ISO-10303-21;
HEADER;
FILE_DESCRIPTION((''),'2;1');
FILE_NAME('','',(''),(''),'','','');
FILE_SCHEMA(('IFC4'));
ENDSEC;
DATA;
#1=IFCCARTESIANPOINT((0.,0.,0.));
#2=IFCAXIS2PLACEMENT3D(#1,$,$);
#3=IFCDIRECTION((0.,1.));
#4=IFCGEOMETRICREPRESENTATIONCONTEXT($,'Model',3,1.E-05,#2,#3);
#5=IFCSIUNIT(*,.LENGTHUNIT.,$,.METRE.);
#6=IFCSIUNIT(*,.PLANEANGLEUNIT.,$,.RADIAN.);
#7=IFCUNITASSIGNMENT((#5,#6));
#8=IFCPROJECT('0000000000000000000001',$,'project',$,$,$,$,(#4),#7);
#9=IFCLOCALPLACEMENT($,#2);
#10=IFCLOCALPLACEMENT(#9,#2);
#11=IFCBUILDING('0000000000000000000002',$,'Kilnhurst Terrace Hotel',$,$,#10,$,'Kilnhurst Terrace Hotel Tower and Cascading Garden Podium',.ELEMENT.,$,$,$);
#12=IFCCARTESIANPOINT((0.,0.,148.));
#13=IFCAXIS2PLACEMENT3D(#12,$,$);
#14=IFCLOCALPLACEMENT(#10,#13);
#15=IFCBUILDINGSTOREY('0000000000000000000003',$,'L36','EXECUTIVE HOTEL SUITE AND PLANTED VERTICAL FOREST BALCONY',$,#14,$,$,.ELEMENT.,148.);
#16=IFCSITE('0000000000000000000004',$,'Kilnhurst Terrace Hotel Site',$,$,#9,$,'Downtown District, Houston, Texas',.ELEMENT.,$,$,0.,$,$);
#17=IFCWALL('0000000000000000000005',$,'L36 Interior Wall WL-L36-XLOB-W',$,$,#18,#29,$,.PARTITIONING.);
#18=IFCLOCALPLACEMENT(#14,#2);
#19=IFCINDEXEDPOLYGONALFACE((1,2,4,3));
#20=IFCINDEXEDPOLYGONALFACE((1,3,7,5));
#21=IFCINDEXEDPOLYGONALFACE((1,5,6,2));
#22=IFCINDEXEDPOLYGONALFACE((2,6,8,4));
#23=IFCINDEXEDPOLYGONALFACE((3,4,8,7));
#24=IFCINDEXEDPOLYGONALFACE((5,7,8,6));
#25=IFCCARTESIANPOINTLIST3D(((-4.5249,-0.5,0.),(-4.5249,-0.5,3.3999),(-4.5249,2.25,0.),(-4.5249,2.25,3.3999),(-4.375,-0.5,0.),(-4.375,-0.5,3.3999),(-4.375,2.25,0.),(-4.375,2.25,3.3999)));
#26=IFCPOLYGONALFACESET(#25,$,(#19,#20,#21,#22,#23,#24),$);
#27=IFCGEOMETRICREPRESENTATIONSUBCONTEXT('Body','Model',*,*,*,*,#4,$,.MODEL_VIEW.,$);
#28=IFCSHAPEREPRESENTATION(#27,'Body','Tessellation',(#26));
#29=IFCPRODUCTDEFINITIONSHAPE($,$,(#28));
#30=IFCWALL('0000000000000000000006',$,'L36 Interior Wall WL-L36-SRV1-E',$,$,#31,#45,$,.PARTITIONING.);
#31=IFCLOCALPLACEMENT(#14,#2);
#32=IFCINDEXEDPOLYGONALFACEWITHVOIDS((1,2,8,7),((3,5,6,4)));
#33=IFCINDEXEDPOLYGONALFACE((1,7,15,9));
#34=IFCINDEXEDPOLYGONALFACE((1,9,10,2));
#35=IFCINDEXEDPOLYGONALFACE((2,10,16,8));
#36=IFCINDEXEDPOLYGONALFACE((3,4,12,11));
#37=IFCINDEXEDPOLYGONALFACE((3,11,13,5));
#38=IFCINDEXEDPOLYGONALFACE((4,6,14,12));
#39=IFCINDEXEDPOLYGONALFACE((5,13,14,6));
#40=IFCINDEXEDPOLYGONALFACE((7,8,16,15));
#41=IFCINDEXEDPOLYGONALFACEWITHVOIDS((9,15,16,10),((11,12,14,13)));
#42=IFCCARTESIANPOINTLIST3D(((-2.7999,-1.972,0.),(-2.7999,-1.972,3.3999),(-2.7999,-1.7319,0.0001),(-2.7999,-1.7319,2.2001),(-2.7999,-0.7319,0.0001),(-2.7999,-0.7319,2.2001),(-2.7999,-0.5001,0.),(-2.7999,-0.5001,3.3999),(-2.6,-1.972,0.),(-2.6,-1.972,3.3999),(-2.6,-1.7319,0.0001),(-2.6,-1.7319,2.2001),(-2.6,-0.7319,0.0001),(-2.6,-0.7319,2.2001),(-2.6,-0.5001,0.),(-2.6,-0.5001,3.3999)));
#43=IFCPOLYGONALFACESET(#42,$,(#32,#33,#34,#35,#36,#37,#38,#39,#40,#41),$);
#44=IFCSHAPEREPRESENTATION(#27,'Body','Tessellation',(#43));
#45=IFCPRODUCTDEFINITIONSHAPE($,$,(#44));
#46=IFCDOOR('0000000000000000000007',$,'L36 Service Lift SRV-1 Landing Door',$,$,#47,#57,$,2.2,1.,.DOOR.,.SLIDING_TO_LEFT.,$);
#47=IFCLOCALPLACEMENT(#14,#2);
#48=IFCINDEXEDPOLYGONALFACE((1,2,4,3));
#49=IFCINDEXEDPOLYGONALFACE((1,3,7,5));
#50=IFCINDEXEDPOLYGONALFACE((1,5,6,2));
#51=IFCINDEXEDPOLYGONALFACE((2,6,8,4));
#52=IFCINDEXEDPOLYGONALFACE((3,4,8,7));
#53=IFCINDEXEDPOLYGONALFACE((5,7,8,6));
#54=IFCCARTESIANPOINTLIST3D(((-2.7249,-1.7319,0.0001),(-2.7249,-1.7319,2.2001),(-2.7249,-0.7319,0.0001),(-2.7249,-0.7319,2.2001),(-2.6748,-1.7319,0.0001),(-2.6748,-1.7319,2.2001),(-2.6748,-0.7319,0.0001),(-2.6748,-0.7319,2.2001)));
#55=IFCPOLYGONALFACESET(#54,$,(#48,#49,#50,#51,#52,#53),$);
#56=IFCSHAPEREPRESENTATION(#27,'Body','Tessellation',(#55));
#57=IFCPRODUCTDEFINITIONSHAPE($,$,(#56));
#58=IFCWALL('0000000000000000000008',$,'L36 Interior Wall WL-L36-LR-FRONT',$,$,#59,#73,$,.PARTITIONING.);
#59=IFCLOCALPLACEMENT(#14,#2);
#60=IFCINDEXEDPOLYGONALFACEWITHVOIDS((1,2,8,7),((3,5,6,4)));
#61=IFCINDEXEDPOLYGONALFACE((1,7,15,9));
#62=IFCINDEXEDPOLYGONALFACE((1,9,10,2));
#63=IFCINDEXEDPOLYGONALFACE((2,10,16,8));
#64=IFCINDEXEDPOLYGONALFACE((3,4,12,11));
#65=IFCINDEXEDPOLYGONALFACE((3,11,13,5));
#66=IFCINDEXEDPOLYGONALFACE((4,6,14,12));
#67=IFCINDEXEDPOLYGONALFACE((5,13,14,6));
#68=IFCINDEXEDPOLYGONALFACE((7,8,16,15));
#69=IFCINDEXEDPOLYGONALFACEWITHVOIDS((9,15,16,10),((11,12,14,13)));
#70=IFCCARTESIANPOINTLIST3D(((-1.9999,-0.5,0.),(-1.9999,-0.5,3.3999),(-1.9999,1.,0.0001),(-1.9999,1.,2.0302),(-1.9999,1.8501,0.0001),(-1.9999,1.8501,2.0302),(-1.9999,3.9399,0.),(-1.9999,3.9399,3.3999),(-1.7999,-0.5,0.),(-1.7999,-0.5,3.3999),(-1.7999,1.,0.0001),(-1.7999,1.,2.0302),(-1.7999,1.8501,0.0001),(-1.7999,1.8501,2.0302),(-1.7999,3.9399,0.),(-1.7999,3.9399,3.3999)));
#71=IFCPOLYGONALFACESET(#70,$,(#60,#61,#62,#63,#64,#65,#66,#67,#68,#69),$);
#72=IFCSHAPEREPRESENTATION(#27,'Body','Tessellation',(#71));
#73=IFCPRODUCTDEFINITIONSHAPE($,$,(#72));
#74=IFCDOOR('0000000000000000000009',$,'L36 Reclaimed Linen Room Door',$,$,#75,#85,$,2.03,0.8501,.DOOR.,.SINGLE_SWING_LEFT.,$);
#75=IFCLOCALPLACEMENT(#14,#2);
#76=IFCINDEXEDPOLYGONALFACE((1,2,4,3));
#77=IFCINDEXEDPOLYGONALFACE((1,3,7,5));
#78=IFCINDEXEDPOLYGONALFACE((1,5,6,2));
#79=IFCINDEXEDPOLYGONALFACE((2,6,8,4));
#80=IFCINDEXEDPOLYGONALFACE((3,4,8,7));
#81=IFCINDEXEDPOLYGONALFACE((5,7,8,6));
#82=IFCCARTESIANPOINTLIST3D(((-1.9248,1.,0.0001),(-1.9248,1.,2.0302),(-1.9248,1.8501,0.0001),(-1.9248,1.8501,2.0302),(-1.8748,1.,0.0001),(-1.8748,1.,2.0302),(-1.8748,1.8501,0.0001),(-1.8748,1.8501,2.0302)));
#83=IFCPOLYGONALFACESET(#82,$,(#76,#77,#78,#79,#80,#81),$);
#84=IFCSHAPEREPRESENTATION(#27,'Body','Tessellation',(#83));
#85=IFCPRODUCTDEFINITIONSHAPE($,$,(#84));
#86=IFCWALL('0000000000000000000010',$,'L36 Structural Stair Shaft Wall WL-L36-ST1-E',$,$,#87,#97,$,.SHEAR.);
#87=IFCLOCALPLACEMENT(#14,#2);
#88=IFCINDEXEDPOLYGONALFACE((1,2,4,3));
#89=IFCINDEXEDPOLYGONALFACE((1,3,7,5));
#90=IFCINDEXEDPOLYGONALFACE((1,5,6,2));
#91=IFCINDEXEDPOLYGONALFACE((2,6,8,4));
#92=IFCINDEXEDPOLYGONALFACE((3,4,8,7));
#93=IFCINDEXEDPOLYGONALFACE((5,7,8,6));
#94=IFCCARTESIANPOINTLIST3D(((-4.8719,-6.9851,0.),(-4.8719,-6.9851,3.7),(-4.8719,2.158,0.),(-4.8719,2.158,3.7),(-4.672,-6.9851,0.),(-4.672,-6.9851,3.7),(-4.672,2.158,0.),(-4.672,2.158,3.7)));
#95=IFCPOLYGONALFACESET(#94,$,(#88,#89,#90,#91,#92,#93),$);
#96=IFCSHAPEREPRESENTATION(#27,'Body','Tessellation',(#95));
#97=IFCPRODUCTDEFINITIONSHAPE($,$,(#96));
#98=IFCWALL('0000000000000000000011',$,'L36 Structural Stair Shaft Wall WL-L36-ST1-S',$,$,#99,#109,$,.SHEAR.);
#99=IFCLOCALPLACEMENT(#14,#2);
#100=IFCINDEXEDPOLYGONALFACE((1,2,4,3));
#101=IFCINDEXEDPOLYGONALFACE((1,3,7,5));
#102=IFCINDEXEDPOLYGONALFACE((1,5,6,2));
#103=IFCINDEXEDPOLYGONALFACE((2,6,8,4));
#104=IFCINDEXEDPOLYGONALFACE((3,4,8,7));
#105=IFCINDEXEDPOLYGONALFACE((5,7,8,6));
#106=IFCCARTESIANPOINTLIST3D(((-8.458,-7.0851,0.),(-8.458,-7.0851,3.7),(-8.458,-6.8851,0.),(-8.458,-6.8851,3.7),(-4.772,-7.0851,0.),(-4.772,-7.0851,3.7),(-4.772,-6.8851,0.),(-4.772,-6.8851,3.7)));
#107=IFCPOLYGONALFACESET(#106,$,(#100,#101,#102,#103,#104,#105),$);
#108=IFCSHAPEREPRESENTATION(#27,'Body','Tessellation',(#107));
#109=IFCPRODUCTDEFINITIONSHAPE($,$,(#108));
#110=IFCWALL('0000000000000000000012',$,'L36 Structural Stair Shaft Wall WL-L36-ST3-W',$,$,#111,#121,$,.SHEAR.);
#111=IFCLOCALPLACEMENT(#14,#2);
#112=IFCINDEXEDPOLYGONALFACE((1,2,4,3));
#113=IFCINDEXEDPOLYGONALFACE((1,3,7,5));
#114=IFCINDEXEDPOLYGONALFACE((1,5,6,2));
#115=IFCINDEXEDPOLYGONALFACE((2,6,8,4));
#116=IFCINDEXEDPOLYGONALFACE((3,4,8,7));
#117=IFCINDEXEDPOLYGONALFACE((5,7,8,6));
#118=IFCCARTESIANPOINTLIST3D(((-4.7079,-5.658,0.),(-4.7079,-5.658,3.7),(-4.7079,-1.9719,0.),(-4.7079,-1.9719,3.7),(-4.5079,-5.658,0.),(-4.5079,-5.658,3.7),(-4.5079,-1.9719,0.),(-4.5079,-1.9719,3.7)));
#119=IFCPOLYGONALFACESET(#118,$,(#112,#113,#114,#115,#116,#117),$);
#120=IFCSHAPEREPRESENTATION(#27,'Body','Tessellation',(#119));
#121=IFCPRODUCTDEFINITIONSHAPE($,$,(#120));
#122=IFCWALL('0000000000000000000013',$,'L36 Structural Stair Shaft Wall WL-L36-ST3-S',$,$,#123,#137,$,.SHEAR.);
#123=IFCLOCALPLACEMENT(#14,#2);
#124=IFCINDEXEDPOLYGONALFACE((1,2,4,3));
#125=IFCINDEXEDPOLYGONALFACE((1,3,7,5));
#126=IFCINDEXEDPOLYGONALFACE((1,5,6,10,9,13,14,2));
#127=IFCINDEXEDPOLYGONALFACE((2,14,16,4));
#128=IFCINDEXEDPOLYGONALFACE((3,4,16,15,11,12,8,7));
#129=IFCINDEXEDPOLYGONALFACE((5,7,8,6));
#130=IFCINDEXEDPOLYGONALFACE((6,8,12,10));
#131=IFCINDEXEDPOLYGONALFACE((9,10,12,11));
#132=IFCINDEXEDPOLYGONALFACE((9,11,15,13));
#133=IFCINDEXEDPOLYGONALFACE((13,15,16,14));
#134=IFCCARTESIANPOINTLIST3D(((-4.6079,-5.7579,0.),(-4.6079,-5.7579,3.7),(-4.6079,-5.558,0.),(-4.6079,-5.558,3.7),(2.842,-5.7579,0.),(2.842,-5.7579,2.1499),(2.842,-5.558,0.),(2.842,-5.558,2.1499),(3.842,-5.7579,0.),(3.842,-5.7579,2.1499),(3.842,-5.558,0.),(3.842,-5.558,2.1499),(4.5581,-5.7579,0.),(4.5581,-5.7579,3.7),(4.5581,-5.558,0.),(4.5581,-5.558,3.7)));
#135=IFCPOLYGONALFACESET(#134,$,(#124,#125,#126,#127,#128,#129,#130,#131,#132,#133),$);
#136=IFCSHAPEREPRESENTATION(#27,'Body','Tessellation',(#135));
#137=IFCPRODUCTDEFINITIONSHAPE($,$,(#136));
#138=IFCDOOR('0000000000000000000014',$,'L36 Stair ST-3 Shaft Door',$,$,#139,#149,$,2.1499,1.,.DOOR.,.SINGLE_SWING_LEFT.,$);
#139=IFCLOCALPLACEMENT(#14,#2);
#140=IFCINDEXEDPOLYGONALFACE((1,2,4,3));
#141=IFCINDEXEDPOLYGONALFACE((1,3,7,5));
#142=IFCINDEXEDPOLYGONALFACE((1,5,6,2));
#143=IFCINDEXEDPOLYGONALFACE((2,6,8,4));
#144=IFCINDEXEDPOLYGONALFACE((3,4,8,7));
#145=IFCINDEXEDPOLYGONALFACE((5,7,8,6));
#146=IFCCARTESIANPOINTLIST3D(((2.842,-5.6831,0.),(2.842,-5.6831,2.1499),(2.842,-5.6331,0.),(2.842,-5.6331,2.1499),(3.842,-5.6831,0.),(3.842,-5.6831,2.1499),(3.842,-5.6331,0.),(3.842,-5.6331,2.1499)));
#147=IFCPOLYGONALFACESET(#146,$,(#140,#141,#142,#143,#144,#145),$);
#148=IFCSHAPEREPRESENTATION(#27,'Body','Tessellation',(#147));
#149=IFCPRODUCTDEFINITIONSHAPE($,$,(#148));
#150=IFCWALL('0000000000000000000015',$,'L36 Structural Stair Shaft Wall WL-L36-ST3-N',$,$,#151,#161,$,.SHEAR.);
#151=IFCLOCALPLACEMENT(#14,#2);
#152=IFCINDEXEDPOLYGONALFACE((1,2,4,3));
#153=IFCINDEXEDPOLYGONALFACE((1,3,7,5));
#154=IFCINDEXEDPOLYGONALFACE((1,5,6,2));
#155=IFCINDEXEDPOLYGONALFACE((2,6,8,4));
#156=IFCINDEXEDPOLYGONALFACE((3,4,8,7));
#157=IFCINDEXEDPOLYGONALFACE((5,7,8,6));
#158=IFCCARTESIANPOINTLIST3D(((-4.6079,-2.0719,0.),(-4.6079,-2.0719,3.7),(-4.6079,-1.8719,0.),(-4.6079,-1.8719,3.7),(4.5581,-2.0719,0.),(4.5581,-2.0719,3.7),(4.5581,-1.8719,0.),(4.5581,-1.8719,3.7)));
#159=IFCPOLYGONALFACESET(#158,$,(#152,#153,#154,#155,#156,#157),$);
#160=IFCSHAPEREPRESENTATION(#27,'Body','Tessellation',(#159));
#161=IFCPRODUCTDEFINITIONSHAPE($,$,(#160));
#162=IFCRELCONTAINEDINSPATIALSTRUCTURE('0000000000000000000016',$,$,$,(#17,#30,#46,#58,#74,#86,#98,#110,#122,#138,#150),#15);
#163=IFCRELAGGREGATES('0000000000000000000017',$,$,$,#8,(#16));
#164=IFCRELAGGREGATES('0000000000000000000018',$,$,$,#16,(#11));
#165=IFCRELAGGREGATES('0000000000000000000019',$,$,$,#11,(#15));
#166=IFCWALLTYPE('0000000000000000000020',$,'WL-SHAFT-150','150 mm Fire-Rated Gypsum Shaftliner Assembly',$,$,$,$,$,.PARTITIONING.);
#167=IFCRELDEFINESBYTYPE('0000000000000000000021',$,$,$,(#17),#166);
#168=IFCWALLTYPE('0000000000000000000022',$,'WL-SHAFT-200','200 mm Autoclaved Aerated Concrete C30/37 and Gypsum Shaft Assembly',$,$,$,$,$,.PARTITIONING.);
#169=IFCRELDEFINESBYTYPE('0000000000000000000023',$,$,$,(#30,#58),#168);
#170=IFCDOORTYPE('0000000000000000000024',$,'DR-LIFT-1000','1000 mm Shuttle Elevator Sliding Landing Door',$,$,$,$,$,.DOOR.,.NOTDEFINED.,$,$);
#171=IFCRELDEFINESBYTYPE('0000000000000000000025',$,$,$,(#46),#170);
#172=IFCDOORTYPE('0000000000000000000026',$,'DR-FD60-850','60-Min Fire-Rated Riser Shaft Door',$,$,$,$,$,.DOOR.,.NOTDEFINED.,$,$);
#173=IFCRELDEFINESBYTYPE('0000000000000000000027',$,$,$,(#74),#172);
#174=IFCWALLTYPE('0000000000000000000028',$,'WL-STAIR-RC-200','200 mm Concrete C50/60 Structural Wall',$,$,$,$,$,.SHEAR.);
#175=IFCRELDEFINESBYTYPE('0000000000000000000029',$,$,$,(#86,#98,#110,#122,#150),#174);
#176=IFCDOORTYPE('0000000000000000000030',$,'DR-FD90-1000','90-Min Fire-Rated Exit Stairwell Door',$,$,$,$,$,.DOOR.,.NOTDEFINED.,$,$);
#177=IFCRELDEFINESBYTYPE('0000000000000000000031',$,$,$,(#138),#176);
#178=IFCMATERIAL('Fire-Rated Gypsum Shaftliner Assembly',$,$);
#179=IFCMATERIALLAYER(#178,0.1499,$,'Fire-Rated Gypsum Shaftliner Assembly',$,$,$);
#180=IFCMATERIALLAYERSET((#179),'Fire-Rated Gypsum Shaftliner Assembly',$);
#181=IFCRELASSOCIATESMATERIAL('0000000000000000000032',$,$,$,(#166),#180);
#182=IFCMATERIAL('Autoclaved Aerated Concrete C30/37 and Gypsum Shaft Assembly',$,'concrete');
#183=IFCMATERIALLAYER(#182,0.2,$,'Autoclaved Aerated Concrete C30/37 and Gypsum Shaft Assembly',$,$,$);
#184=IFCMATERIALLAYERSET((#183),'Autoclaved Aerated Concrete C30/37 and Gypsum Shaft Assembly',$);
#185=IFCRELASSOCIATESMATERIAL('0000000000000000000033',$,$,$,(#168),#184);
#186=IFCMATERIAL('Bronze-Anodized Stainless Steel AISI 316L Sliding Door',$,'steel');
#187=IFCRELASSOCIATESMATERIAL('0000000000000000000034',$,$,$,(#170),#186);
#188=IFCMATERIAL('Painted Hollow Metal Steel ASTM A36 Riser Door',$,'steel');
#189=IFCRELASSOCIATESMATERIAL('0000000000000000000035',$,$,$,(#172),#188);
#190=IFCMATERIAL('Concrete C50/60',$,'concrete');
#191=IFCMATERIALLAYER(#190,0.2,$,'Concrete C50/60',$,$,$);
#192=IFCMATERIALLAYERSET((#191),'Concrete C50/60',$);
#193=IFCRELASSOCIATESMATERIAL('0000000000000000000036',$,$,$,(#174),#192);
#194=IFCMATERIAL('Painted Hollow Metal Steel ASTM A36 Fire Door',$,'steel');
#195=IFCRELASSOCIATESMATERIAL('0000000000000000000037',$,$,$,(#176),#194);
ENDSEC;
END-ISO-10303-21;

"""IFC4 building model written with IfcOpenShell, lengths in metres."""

from ifc_helpers import new_model, si_unit, direction, frame, frame_2d, origin, place, context, subcontext, project, spatial, rectangle, extrude, material, layer, layer_set, type_object, element, fill, save


model = new_model("IFC4")

# Units and contexts
model_context = context("Model", 3, precision=1e-05, world=origin(), true_north=direction((0.0, 1.0)))
body_context = subcontext(model_context, "Body", "Model", "MODEL_VIEW")
ifc_project = project(units=[si_unit("LENGTHUNIT", "METRE"), si_unit("PLANEANGLEUNIT", "RADIAN")], contexts=[model_context])

# Site, building, storey
site_placement = place(None, origin())
site = spatial("IfcSite", under=ifc_project, at=site_placement, Name="Kilnhurst Terrace Hotel Site", LongName="Downtown District, Houston, Texas", CompositionType="ELEMENT", RefElevation=0.0)
building_placement = place(site_placement, origin())
building = spatial("IfcBuilding", under=site, at=building_placement, Name="Kilnhurst Terrace Hotel", LongName="Kilnhurst Terrace Hotel Tower and Cascading Garden Podium", CompositionType="ELEMENT")
storey_placement = place(building_placement, frame((0.0, 0.0, 148.0)))
storey = spatial("IfcBuildingStorey", under=building, at=storey_placement, Name="L36", Description="EXECUTIVE HOTEL SUITE AND PLANTED VERTICAL FOREST BALCONY", CompositionType="ELEMENT", Elevation=148.0)

# Wall
ifc_material_1 = material(Name="Fire-Rated Gypsum Shaftliner Assembly")
ifc_layer_1 = layer(ifc_material_1, 0.1499, Name="Fire-Rated Gypsum Shaftliner Assembly")
ifc_layer_set_1 = layer_set([ifc_layer_1], Name="Fire-Rated Gypsum Shaftliner Assembly")
wall_type_1 = type_object("IfcWallType", Name="WL-SHAFT-150", Description="150 mm Fire-Rated Gypsum Shaftliner Assembly", PredefinedType="PARTITIONING", material=ifc_layer_set_1)
wall_1_placement = place(storey_placement, frame((-4.45, -0.5, 0.0), z_axis=(0.0, 0.0, 1.0), x_axis=(0.0, 1.0, 0.0)))
element("IfcWall", 1, at=wall_1_placement, inside=storey, type_object=wall_type_1, Name="L36 Interior Wall WL-L36-XLOB-W", PredefinedType="PARTITIONING", context=body_context, shape_type="SweptSolid", body=[
    extrude(rectangle(XDim=2.75, YDim=0.1499, at=frame_2d((1.375, 0.0))), origin(), (0.0, 0.0, 1.0), 3.3999),
])

# Walls, openings, doors
ifc_material_2 = material(Name="Autoclaved Aerated Concrete C30/37 and Gypsum Shaft Assembly", Category="concrete")
ifc_layer_2 = layer(ifc_material_2, 0.2, Name="Autoclaved Aerated Concrete C30/37 and Gypsum Shaft Assembly")
ifc_layer_set_2 = layer_set([ifc_layer_2], Name="Autoclaved Aerated Concrete C30/37 and Gypsum Shaft Assembly")
wall_type_2 = type_object("IfcWallType", Name="WL-SHAFT-200", Description="200 mm Autoclaved Aerated Concrete C30/37 and Gypsum Shaft Assembly", PredefinedType="PARTITIONING", material=ifc_layer_set_2)
wall_2_placement = place(storey_placement, frame((-2.7, -1.9719, 0.0), z_axis=(0.0, 0.0, 1.0), x_axis=(0.0, 1.0, 0.0)))
wall_2 = element("IfcWall", 2, at=wall_2_placement, inside=storey, type_object=wall_type_2, Name="L36 Interior Wall WL-L36-SRV1-E", PredefinedType="PARTITIONING", context=body_context, shape_type="SweptSolid", body=[
    extrude(rectangle(XDim=1.4719, YDim=0.2, at=frame_2d((0.7358, 0.0))), origin(), (0.0, 0.0, 1.0), 3.3999),
])
opening_1_placement = place(wall_2_placement, frame((0.24, 0.0, 0.0)))
opening_1 = element("IfcOpeningElement", 3, at=opening_1_placement, cuts=wall_2, PredefinedType="OPENING", context=body_context, shape_type="SweptSolid", body=[
    extrude(rectangle(XDim=1.0, YDim=2.2, at=frame_2d((0.5, 1.1001))), frame((0.0, 0.1099, 0.0), z_axis=(0.0, -1.0, 0.0), x_axis=(1.0, 0.0, 0.0)), (0.0, 0.0, 1.0), 0.22),
])
ifc_material_3 = material(Name="Bronze-Anodized Stainless Steel AISI 316L Sliding Door", Category="steel")
door_type_1 = type_object("IfcDoorType", Name="DR-LIFT-1000", Description="1000 mm Shuttle Elevator Sliding Landing Door", OperationType="NOTDEFINED", PredefinedType="DOOR", material=ifc_material_3)
door_1_placement = place(opening_1_placement, origin())
door_1 = element("IfcDoor", 4, at=door_1_placement, inside=storey, type_object=door_type_1, Name="L36 Service Lift SRV-1 Landing Door", OperationType="SLIDING_TO_LEFT", OverallHeight=2.2, OverallWidth=1.0, PredefinedType="DOOR", context=body_context, shape_type="SweptSolid", body=[
    extrude(rectangle(XDim=1.0, YDim=2.2, at=frame_2d((0.5, 1.1001))), frame((0.0, 0.0249, 0.0), z_axis=(0.0, -1.0, 0.0), x_axis=(1.0, 0.0, 0.0)), (0.0, 0.0, 1.0), 0.05),
])
fill(opening_1, door_1)
wall_3_placement = place(storey_placement, frame((-1.8999, -0.5, 0.0), z_axis=(0.0, 0.0, 1.0), x_axis=(0.0, 1.0, 0.0)))
wall_3 = element("IfcWall", 5, at=wall_3_placement, inside=storey, type_object=wall_type_2, Name="L36 Interior Wall WL-L36-LR-FRONT", PredefinedType="PARTITIONING", context=body_context, shape_type="SweptSolid", body=[
    extrude(rectangle(XDim=4.4399, YDim=0.2, at=frame_2d((2.22, 0.0))), origin(), (0.0, 0.0, 1.0), 3.3999),
])
opening_2_placement = place(wall_3_placement, frame((1.5, 0.0, 0.0)))
opening_2 = element("IfcOpeningElement", 6, at=opening_2_placement, cuts=wall_3, PredefinedType="OPENING", context=body_context, shape_type="SweptSolid", body=[
    extrude(rectangle(XDim=0.8501, YDim=2.03, at=frame_2d((0.425, 1.0151))), frame((0.0, 0.1099, 0.0), z_axis=(0.0, -1.0, 0.0), x_axis=(1.0, 0.0, 0.0)), (0.0, 0.0, 1.0), 0.22),
])
ifc_material_4 = material(Name="Painted Hollow Metal Steel ASTM A36 Riser Door", Category="steel")
door_type_2 = type_object("IfcDoorType", Name="DR-FD60-850", Description="60-Min Fire-Rated Riser Shaft Door", OperationType="NOTDEFINED", PredefinedType="DOOR", material=ifc_material_4)
door_2_placement = place(opening_2_placement, origin())
door_2 = element("IfcDoor", 7, at=door_2_placement, inside=storey, type_object=door_type_2, Name="L36 Reclaimed Linen Room Door", OperationType="SINGLE_SWING_LEFT", OverallHeight=2.03, OverallWidth=0.8501, PredefinedType="DOOR", context=body_context, shape_type="SweptSolid", body=[
    extrude(rectangle(XDim=0.8501, YDim=2.03, at=frame_2d((0.425, 1.0151))), frame((0.0, 0.0249, 0.0), z_axis=(0.0, -1.0, 0.0), x_axis=(1.0, 0.0, 0.0)), (0.0, 0.0, 1.0), 0.05),
])
fill(opening_2, door_2)

# Walls
ifc_material_5 = material(Name="Concrete C50/60", Category="concrete")
ifc_layer_3 = layer(ifc_material_5, 0.2, Name="Concrete C50/60")
ifc_layer_set_3 = layer_set([ifc_layer_3], Name="Concrete C50/60")
wall_type_3 = type_object("IfcWallType", Name="WL-STAIR-RC-200", Description="200 mm Concrete C50/60 Structural Wall", PredefinedType="SHEAR", material=ifc_layer_set_3)
wall_4_placement = place(storey_placement, frame((-4.772, -6.9851, 0.0), z_axis=(0.0, 0.0, 1.0), x_axis=(0.0, 1.0, 0.0)))
element("IfcWall", 8, at=wall_4_placement, inside=storey, type_object=wall_type_3, Name="L36 Structural Stair Shaft Wall WL-L36-ST1-E", PredefinedType="SHEAR", context=body_context, shape_type="SweptSolid", body=[
    extrude(rectangle(XDim=9.1431, YDim=0.2, at=frame_2d((4.5715, 0.0))), origin(), (0.0, 0.0, 1.0), 3.7),
])
for number, where, z_axis, x_axis, name in (
    (9, (-8.458, -6.9851, 0.0), (0.0, 0.0, 1.0), (1.0, 0.0, 0.0), "L36 Structural Stair Shaft Wall WL-L36-ST1-S"),
    (10, (-4.6079, -5.658, 0.0), (0.0, 0.0, 1.0), (0.0, 1.0, 0.0), "L36 Structural Stair Shaft Wall WL-L36-ST3-W"),
):
    element("IfcWall", number, at=place(storey_placement, frame(where, z_axis=z_axis, x_axis=x_axis)), inside=storey, type_object=wall_type_3, Name=name, PredefinedType="SHEAR", context=body_context, shape_type="SweptSolid", body=[
        extrude(rectangle(XDim=3.686, YDim=0.2, at=frame_2d((1.843, 0.0))), origin(), (0.0, 0.0, 1.0), 3.7),
    ])

# Wall, opening, door
wall_5_placement = place(storey_placement, frame((-4.6079, -5.658, 0.0), z_axis=(0.0, 0.0, 1.0), x_axis=(1.0, 0.0, 0.0)))
wall_5 = element("IfcWall", 11, at=wall_5_placement, inside=storey, type_object=wall_type_3, Name="L36 Structural Stair Shaft Wall WL-L36-ST3-S", PredefinedType="SHEAR", context=body_context, shape_type="SweptSolid", body=[
    extrude(rectangle(XDim=9.166, YDim=0.2, at=frame_2d((4.583, 0.0))), origin(), (0.0, 0.0, 1.0), 3.7),
])
opening_3_placement = place(wall_5_placement, frame((7.45, 0.0, 0.0)))
opening_3 = element("IfcOpeningElement", 12, at=opening_3_placement, cuts=wall_5, PredefinedType="OPENING", context=body_context, shape_type="SweptSolid", body=[
    extrude(rectangle(XDim=1.0, YDim=2.1499, at=frame_2d((0.5, 1.075))), frame((0.0, 0.1099, 0.0), z_axis=(0.0, -1.0, 0.0), x_axis=(1.0, 0.0, 0.0)), (0.0, 0.0, 1.0), 0.22),
])
ifc_material_6 = material(Name="Painted Hollow Metal Steel ASTM A36 Fire Door", Category="steel")
door_type_3 = type_object("IfcDoorType", Name="DR-FD90-1000", Description="90-Min Fire-Rated Exit Stairwell Door", OperationType="NOTDEFINED", PredefinedType="DOOR", material=ifc_material_6)
door_3_placement = place(opening_3_placement, origin())
door_3 = element("IfcDoor", 13, at=door_3_placement, inside=storey, type_object=door_type_3, Name="L36 Stair ST-3 Shaft Door", OperationType="SINGLE_SWING_LEFT", OverallHeight=2.1499, OverallWidth=1.0, PredefinedType="DOOR", context=body_context, shape_type="SweptSolid", body=[
    extrude(rectangle(XDim=1.0, YDim=2.1499, at=frame_2d((0.5, 1.075))), frame((0.0, 0.0249, 0.0), z_axis=(0.0, -1.0, 0.0), x_axis=(1.0, 0.0, 0.0)), (0.0, 0.0, 1.0), 0.05),
])
fill(opening_3, door_3)

# Wall
wall_6_placement = place(storey_placement, frame((-4.6079, -1.9719, 0.0), z_axis=(0.0, 0.0, 1.0), x_axis=(1.0, 0.0, 0.0)))
element("IfcWall", 14, at=wall_6_placement, inside=storey, type_object=wall_type_3, Name="L36 Structural Stair Shaft Wall WL-L36-ST3-N", PredefinedType="SHEAR", context=body_context, shape_type="SweptSolid", body=[
    extrude(rectangle(XDim=9.166, YDim=0.2, at=frame_2d((4.583, 0.0))), origin(), (0.0, 0.0, 1.0), 3.7),
])

save(model, "model.ifc")
